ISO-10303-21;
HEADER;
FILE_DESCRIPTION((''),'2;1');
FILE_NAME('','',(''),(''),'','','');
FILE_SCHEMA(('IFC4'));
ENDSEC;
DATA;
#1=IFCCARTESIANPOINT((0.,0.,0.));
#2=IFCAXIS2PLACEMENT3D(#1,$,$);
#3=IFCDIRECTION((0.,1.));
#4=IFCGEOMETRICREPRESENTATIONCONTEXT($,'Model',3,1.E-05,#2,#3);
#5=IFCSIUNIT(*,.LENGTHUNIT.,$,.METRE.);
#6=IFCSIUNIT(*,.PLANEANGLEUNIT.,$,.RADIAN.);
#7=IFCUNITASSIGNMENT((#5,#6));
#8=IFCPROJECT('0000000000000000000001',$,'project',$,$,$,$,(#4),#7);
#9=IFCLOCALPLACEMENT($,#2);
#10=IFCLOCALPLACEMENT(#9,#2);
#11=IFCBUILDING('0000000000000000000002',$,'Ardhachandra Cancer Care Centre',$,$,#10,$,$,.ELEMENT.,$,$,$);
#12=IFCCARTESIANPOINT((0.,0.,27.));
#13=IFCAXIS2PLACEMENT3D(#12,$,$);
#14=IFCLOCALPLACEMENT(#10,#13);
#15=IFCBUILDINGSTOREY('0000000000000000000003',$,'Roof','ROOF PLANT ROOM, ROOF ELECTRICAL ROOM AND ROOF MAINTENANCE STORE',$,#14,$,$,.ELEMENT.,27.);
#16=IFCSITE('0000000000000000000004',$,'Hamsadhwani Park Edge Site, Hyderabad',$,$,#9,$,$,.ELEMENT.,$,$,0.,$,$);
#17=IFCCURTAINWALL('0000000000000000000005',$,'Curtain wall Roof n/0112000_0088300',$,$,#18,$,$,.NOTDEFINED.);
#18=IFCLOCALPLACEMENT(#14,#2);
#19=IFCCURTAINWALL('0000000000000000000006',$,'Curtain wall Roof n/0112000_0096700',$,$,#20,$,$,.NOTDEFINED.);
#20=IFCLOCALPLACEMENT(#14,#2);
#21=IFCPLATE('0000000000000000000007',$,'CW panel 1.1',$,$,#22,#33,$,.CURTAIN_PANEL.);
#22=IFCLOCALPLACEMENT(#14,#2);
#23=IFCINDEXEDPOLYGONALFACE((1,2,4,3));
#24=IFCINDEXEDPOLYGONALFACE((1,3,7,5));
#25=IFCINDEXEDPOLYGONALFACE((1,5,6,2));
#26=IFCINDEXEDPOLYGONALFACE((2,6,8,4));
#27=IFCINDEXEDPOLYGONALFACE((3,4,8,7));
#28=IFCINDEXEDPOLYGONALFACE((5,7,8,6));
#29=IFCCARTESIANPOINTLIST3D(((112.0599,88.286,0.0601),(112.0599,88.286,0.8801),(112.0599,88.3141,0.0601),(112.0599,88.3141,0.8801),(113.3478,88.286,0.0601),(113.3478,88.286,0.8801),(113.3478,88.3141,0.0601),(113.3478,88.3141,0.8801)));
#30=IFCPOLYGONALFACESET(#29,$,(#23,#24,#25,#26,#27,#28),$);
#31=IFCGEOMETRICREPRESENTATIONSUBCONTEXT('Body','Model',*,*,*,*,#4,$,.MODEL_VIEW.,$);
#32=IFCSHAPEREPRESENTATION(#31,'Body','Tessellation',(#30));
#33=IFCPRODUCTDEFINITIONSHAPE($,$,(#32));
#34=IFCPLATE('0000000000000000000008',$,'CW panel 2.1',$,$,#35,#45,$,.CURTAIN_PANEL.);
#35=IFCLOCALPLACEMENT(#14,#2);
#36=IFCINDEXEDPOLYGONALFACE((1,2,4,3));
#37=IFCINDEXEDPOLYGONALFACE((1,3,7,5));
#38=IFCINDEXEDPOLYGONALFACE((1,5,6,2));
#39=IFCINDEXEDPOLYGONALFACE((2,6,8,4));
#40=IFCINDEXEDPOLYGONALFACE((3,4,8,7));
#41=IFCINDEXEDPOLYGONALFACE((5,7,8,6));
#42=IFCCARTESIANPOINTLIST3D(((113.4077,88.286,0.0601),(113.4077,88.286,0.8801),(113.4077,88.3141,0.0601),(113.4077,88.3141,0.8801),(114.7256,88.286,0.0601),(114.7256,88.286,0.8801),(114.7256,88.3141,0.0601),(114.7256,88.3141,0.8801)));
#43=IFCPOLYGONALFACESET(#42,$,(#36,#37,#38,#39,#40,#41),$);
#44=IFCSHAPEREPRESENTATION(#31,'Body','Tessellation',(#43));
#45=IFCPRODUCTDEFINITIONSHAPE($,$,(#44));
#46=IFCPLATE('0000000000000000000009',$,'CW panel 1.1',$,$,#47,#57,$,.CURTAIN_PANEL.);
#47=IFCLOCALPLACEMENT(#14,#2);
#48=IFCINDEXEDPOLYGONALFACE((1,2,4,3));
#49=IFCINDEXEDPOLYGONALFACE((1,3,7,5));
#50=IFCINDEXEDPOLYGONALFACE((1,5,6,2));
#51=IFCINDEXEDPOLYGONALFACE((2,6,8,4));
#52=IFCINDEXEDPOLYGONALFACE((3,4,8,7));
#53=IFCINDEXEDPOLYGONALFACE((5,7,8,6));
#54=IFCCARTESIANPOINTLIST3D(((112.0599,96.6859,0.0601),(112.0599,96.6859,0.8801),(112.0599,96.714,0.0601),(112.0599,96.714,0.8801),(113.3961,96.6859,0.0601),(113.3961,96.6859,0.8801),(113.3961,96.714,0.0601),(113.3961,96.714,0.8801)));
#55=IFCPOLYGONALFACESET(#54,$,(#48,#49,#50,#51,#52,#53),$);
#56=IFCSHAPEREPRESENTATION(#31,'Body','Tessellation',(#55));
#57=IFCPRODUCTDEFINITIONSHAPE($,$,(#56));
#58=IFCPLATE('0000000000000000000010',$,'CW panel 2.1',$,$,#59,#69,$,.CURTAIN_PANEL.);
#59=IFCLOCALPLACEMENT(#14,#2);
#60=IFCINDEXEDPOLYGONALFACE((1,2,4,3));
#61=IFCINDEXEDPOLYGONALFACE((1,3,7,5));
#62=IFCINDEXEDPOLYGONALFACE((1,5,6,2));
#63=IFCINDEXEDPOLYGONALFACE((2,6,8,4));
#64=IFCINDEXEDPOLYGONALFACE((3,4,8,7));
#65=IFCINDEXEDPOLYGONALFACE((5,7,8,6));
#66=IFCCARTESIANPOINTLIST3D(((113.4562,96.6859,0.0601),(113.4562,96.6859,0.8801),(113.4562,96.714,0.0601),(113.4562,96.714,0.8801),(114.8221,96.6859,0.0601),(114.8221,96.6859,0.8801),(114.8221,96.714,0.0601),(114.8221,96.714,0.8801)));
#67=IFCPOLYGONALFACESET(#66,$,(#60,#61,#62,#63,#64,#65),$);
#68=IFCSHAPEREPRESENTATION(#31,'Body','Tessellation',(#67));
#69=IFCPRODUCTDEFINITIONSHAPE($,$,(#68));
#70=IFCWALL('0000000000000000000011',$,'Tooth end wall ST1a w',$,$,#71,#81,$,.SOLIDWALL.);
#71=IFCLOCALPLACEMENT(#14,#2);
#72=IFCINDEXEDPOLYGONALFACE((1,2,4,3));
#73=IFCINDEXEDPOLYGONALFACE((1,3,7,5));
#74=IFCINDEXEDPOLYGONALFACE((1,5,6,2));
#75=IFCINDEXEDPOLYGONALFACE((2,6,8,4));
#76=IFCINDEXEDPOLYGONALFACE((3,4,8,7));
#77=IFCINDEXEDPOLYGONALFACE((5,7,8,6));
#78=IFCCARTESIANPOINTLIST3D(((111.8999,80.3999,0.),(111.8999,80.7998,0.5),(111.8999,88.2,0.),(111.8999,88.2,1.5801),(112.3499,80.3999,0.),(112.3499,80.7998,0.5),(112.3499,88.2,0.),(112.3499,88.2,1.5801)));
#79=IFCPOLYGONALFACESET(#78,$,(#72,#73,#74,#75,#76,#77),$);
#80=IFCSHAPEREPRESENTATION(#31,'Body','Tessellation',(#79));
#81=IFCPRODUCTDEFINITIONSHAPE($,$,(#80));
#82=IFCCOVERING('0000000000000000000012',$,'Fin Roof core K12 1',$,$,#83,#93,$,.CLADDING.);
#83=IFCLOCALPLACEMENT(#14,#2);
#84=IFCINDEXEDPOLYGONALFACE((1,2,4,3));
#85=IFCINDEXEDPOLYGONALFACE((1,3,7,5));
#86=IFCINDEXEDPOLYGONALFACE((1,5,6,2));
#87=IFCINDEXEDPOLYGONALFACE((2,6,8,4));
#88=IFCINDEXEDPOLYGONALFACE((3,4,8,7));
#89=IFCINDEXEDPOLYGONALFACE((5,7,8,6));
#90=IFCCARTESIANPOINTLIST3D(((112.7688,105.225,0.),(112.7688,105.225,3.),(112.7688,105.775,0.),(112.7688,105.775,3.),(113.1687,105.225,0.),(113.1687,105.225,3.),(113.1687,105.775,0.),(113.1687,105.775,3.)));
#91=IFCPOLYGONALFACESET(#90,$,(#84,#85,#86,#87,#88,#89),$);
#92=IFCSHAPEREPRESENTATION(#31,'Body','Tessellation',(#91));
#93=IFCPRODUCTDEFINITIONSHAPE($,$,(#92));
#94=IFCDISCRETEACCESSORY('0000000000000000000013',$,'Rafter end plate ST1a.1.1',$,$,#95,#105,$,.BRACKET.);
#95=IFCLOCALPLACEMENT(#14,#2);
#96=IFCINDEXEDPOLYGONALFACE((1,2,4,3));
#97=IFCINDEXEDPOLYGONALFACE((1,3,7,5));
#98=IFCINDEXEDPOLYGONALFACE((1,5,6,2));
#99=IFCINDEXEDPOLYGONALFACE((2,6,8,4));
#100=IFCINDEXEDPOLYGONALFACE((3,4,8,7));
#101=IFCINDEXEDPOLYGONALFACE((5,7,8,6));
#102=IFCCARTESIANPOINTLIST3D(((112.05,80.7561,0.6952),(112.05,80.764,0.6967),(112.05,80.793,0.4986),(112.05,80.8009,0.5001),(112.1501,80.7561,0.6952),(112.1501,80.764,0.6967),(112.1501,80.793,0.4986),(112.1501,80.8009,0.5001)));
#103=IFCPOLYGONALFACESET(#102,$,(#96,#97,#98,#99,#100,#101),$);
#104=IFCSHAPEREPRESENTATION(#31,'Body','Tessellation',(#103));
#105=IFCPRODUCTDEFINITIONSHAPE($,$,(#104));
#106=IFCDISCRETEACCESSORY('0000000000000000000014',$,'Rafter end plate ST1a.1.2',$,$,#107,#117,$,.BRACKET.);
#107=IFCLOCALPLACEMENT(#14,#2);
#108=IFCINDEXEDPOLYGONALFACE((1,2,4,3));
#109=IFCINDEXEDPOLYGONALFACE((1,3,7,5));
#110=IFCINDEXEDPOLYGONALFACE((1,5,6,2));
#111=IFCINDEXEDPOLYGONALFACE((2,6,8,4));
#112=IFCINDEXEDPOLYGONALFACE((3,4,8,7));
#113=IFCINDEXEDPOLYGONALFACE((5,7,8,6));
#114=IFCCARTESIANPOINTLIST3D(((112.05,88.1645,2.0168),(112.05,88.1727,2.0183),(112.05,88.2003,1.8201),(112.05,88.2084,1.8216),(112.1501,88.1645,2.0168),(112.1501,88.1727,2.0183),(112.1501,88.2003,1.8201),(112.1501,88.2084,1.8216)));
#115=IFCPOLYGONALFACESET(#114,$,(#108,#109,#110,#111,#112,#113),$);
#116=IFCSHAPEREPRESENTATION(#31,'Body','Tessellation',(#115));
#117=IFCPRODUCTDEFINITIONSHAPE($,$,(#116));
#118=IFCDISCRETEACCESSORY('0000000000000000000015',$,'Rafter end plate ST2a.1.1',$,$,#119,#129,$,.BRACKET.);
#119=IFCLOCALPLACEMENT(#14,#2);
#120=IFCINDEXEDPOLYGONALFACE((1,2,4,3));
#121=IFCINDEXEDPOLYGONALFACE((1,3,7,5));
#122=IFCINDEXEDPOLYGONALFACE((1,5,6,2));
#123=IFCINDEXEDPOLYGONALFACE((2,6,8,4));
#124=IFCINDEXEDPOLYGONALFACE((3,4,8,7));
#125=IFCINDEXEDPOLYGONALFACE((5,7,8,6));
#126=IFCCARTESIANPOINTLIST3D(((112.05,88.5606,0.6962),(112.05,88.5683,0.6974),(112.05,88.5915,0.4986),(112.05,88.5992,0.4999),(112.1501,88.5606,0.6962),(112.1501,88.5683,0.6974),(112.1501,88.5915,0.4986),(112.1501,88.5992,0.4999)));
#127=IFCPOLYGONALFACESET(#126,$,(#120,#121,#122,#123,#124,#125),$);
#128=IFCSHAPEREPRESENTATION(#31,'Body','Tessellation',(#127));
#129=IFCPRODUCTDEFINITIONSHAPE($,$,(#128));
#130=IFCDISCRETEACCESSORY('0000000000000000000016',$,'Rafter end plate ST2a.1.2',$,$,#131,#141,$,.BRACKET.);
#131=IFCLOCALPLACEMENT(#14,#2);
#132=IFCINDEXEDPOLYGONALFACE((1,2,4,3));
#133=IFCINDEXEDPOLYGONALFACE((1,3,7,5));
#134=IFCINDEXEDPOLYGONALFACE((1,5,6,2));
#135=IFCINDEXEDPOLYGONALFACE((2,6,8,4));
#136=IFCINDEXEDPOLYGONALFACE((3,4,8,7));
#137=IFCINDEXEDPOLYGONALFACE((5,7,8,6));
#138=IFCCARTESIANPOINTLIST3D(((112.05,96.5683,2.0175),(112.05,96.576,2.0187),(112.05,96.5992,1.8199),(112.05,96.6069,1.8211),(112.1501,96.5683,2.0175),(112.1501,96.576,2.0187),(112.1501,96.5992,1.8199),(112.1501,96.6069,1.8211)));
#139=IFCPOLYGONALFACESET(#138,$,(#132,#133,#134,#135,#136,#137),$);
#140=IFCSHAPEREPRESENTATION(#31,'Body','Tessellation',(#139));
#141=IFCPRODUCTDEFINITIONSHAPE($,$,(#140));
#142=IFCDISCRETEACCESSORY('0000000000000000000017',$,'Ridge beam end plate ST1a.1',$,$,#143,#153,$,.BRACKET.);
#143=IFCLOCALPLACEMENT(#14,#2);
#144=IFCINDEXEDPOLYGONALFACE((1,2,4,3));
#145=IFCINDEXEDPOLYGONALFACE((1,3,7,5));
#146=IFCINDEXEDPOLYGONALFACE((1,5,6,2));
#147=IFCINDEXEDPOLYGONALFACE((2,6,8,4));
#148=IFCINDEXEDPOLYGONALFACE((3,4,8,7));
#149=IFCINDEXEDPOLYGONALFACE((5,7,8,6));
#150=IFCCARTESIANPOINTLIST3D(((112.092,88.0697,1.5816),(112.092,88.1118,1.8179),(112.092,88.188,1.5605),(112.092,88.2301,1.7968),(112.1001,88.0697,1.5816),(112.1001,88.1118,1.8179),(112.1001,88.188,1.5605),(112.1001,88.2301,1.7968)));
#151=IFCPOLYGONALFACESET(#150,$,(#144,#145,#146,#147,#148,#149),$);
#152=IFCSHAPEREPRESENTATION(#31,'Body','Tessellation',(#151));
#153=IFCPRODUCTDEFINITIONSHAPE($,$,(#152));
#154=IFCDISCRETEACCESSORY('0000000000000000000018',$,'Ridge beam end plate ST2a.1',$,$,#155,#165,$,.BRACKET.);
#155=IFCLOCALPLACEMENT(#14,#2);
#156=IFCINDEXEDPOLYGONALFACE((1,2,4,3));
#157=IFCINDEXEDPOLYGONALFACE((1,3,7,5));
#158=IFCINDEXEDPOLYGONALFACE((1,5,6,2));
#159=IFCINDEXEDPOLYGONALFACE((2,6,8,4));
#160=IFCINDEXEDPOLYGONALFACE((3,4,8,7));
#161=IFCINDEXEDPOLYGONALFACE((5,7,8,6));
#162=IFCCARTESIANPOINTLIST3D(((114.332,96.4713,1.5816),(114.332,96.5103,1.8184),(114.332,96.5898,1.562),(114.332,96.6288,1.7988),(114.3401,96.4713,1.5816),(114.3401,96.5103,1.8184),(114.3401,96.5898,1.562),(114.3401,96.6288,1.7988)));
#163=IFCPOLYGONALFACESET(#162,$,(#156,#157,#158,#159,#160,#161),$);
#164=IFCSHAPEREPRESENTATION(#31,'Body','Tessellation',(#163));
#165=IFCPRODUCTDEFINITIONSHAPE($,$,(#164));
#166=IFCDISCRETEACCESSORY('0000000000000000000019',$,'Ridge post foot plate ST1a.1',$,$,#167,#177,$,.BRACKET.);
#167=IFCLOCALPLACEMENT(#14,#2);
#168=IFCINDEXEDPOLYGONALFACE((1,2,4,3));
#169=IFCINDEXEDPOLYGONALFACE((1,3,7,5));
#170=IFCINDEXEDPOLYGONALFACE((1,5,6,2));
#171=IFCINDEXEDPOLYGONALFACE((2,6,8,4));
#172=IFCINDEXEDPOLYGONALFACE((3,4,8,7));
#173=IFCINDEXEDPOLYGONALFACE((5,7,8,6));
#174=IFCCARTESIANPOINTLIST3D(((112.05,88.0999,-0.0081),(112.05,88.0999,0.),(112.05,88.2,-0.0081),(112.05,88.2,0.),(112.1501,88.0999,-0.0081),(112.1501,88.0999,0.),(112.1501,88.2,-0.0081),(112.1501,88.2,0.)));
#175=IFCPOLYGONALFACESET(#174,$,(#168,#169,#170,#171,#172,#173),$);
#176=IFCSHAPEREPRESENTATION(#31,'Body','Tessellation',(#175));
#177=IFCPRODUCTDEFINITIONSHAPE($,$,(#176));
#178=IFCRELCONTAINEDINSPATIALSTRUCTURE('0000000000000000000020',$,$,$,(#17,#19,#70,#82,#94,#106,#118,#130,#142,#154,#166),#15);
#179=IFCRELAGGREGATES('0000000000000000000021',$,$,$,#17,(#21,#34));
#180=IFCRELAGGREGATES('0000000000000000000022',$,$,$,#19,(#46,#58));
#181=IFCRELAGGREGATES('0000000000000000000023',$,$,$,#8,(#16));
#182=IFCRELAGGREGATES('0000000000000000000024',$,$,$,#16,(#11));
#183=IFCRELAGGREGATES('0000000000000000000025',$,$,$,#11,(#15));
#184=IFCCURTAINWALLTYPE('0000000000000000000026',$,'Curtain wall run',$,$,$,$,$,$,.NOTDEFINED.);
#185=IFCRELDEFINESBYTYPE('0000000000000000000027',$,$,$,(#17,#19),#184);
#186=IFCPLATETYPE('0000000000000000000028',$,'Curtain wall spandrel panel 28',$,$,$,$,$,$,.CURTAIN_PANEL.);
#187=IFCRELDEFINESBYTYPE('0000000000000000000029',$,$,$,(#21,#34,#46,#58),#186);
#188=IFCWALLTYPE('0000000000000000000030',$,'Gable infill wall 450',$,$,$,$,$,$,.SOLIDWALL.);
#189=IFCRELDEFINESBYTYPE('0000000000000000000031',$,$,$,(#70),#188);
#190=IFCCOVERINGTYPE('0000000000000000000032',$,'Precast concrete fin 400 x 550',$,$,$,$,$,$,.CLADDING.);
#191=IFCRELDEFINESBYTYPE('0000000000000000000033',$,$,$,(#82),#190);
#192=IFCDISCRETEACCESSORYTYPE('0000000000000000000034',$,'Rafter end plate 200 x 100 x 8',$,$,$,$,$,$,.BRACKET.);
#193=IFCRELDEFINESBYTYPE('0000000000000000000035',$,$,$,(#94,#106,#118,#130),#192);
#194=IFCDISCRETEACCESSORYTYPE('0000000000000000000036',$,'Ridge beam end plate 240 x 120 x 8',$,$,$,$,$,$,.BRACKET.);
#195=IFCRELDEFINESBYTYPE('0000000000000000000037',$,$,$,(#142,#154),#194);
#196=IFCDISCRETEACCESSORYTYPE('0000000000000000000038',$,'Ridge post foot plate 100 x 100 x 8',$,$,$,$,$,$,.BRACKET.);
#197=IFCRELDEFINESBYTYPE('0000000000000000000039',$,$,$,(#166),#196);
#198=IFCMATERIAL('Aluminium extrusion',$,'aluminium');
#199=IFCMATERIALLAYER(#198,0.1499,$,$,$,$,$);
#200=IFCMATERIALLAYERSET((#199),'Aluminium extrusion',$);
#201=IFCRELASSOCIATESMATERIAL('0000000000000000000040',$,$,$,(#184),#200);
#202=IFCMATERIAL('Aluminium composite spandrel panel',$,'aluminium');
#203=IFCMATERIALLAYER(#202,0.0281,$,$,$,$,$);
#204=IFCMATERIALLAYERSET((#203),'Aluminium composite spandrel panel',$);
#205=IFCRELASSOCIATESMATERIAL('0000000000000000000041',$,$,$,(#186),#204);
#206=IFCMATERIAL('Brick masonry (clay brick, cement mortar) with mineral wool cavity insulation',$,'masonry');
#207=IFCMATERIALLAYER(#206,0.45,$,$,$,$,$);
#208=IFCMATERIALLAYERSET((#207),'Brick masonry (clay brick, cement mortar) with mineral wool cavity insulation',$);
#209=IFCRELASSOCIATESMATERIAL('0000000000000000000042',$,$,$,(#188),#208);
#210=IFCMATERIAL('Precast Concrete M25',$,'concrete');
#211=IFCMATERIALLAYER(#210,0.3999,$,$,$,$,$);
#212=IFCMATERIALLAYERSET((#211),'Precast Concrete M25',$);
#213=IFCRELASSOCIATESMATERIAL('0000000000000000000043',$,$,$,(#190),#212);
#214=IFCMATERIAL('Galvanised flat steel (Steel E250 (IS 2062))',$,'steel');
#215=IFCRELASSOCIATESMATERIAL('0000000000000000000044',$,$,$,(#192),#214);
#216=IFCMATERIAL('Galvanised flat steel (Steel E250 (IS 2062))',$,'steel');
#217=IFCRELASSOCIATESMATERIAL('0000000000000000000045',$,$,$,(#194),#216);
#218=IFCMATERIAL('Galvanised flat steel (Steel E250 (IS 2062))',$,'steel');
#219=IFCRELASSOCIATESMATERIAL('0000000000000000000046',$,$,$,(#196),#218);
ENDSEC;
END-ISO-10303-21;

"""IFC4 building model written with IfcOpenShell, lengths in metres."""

from ifc_helpers import new_model, si_unit, direction, frame, origin, origin_2d, place, context, subcontext, project, spatial, polyline, rectangle, outline, extrude, material, layer, layer_set, material_profile, profile_set, type_object, element, aggregate, save


model = new_model("IFC4")

# Units and contexts
model_context = context("Model", 3, precision=1e-05, world=origin(), true_north=direction((0.0, 1.0)))
body_context = subcontext(model_context, "Body", "Model", "MODEL_VIEW")
ifc_project = project(units=[si_unit("LENGTHUNIT", "METRE"), si_unit("PLANEANGLEUNIT", "RADIAN")], contexts=[model_context])

# Site, building, storey
site_placement = place(None, origin())
site = spatial("IfcSite", under=ifc_project, at=site_placement, Name="Hamsadhwani Park Edge Site, Hyderabad", CompositionType="ELEMENT", RefElevation=0.0)
building_placement = place(site_placement, origin())
building = spatial("IfcBuilding", under=site, at=building_placement, Name="Ardhachandra Cancer Care Centre", CompositionType="ELEMENT")
storey_placement = place(building_placement, frame((0.0, 0.0, 27.0)))
storey = spatial("IfcBuildingStorey", under=building, at=storey_placement, Name="Roof", Description="ROOF PLANT ROOM, ROOF ELECTRICAL ROOM AND ROOF MAINTENANCE STORE", CompositionType="ELEMENT", Elevation=27.0)

# Curtain walls
ifc_material_1 = material(Name="Aluminium extrusion", Category="aluminium")
ifc_layer_1 = layer(ifc_material_1, 0.1499)
ifc_layer_set_1 = layer_set([ifc_layer_1], Name="Aluminium extrusion")
curtain_wall_type = type_object("IfcCurtainWallType", Name="Curtain wall run", PredefinedType="NOTDEFINED", material=ifc_layer_set_1)
curtain_wall_1_placement = place(storey_placement, origin())
curtain_wall_1 = element("IfcCurtainWall", 1, at=curtain_wall_1_placement, inside=storey, type_object=curtain_wall_type, Name="Curtain wall Roof n/0112000_0088300", PredefinedType="NOTDEFINED")
curtain_wall_2_placement = place(storey_placement, origin())
curtain_wall_2 = element("IfcCurtainWall", 2, at=curtain_wall_2_placement, inside=storey, type_object=curtain_wall_type, Name="Curtain wall Roof n/0112000_0096700", PredefinedType="NOTDEFINED")

# Plates
ifc_material_2 = material(Name="Aluminium composite spandrel panel", Category="aluminium")
ifc_layer_2 = layer(ifc_material_2, 0.0281)
ifc_layer_set_2 = layer_set([ifc_layer_2], Name="Aluminium composite spandrel panel")
plate_type_1 = type_object("IfcPlateType", Name="Curtain wall spandrel panel 28", PredefinedType="CURTAIN_PANEL", material=ifc_layer_set_2)
plate_1_placement = place(storey_placement, frame((112.7039, 88.3, 0.0601), z_axis=(0.0, 0.0, 1.0), x_axis=(1.0, 0.0, 0.0)))
plate_1 = element("IfcPlate", 3, at=plate_1_placement, type_object=plate_type_1, Name="CW panel 1.1", PredefinedType="CURTAIN_PANEL", context=body_context, shape_type="SweptSolid", body=[
    extrude(rectangle(XDim=1.2878, YDim=0.0281, at=origin_2d()), origin(), (0.0, 0.0, 1.0), 0.8201),
])
plate_2_placement = place(storey_placement, frame((114.0667, 88.3, 0.0601), z_axis=(0.0, 0.0, 1.0), x_axis=(1.0, 0.0, 0.0)))
plate_2 = element("IfcPlate", 4, at=plate_2_placement, type_object=plate_type_1, Name="CW panel 2.1", PredefinedType="CURTAIN_PANEL", context=body_context, shape_type="SweptSolid", body=[
    extrude(rectangle(XDim=1.3179, YDim=0.0281, at=origin_2d()), origin(), (0.0, 0.0, 1.0), 0.8201),
])
aggregate(curtain_wall_1, [plate_1, plate_2])
plate_3_placement = place(storey_placement, frame((112.728, 96.7, 0.0601), z_axis=(0.0, 0.0, 1.0), x_axis=(1.0, 0.0, 0.0)))
plate_3 = element("IfcPlate", 5, at=plate_3_placement, type_object=plate_type_1, Name="CW panel 1.1", PredefinedType="CURTAIN_PANEL", context=body_context, shape_type="SweptSolid", body=[
    extrude(rectangle(XDim=1.3362, YDim=0.0281, at=origin_2d()), origin(), (0.0, 0.0, 1.0), 0.8201),
])
plate_4_placement = place(storey_placement, frame((114.1392, 96.7, 0.0601), z_axis=(0.0, 0.0, 1.0), x_axis=(1.0, 0.0, 0.0)))
plate_4 = element("IfcPlate", 6, at=plate_4_placement, type_object=plate_type_1, Name="CW panel 2.1", PredefinedType="CURTAIN_PANEL", context=body_context, shape_type="SweptSolid", body=[
    extrude(rectangle(XDim=1.366, YDim=0.0281, at=origin_2d()), origin(), (0.0, 0.0, 1.0), 0.8201),
])
aggregate(curtain_wall_2, [plate_3, plate_4])

# Wall
ifc_material_3 = material(Name="Brick masonry (clay brick, cement mortar) with mineral wool cavity insulation", Category="masonry")
ifc_layer_3 = layer(ifc_material_3, 0.45)
ifc_layer_set_3 = layer_set([ifc_layer_3], Name="Brick masonry (clay brick, cement mortar) with mineral wool cavity insulation")
wall_type = type_object("IfcWallType", Name="Gable infill wall 450", PredefinedType="SOLIDWALL", material=ifc_layer_set_3)
wall_placement = place(storey_placement, frame((112.125, 80.3999, 0.0), z_axis=(0.0, 0.0, 1.0), x_axis=(0.0, 1.0, 0.0)))
element("IfcWall", 7, at=wall_placement, inside=storey, type_object=wall_type, Name="Tooth end wall ST1a w", PredefinedType="SOLIDWALL", context=body_context, shape_type="SweptSolid", body=[
    extrude(outline(polyline([(0.0, 0.0), (7.8, 0.0), (7.8, 1.5801), (0.3999, 0.5), (0.0, 0.0)])), frame((0.0, 0.2251, 0.0), z_axis=(0.0, -1.0, 0.0), x_axis=(1.0, 0.0, 0.0)), (0.0, 0.0, 1.0), 0.45),
])

# Covering
ifc_material_4 = material(Name="Precast Concrete M25", Category="concrete")
ifc_layer_4 = layer(ifc_material_4, 0.3999)
ifc_layer_set_4 = layer_set([ifc_layer_4], Name="Precast Concrete M25")
covering_type = type_object("IfcCoveringType", Name="Precast concrete fin 400 x 550", PredefinedType="CLADDING", material=ifc_layer_set_4)
covering_placement = place(storey_placement, frame((112.9688, 105.5, 0.0), z_axis=(0.0, 0.0, 1.0), x_axis=(1.0, 0.0, 0.0)))
element("IfcCovering", 8, at=covering_placement, inside=storey, type_object=covering_type, Name="Fin Roof core K12 1", PredefinedType="CLADDING", context=body_context, shape_type="SweptSolid", body=[
    extrude(rectangle(XDim=0.3999, YDim=0.55, at=origin_2d()), origin(), (0.0, 0.0, 1.0), 3.0),
])

# Discrete accessories
ifc_material_5 = material(Name="Galvanised flat steel (Steel E250 (IS 2062))", Category="steel")
ifc_material_profile_1 = material_profile(ifc_material_5, rectangle(XDim=0.1001, YDim=0.2, at=origin_2d()), Name="Rafter end plate 200 x 100 x 8")
ifc_profile_set_1 = profile_set([ifc_material_profile_1], Name="Galvanised flat steel (Steel E250 (IS 2062))")
discrete_accessory_type_1 = type_object("IfcDiscreteAccessoryType", Name="Rafter end plate 200 x 100 x 8", PredefinedType="BRACKET", material=ifc_profile_set_1)
discrete_accessory_1_placement = place(storey_placement, frame((112.1001, 80.7825, 0.5984), z_axis=(0.0, -0.982872, -0.184289), x_axis=(1.0, 0.0, 0.0)))
element("IfcDiscreteAccessory", 9, at=discrete_accessory_1_placement, inside=storey, type_object=discrete_accessory_type_1, Name="Rafter end plate ST1a.1.1", PredefinedType="BRACKET", context=body_context, shape_type="SweptSolid", body=[
    extrude(rectangle(XDim=0.1001, YDim=0.2, at=origin_2d()), origin(), (0.0, 0.0, 1.0), 0.0081),
])
discrete_accessory_2_placement = place(storey_placement, frame((112.1001, 88.1824, 1.9185), z_axis=(0.0, 0.98387, 0.178885), x_axis=(-1.0, 0.0, 0.0)))
element("IfcDiscreteAccessory", 10, at=discrete_accessory_2_placement, inside=storey, type_object=discrete_accessory_type_1, Name="Rafter end plate ST1a.1.2", PredefinedType="BRACKET", context=body_context, shape_type="SweptSolid", body=[
    extrude(rectangle(XDim=0.1001, YDim=0.2, at=origin_2d()), origin(), (0.0, 0.0, 1.0), 0.0083),
])
for number, where, z_axis, x_axis, name in (
    (11, (112.1001, 88.5837, 0.5986), (0.0, -0.988012, -0.154377), (1.0, 0.0, 0.0), "Rafter end plate ST2a.1.1"),
    (12, (112.1001, 96.5837, 1.9187), (0.0, 0.988012, 0.154377), (-1.0, 0.0, 0.0), "Rafter end plate ST2a.1.2"),
):
    element("IfcDiscreteAccessory", number, at=place(storey_placement, frame(where, z_axis=z_axis, x_axis=x_axis)), inside=storey, type_object=discrete_accessory_type_1, Name=name, PredefinedType="BRACKET", context=body_context, shape_type="SweptSolid", body=[
        extrude(rectangle(XDim=0.1001, YDim=0.2, at=origin_2d()), origin(), (0.0, 0.0, 1.0), 0.0078),
    ])
ifc_material_6 = material(Name="Galvanised flat steel (Steel E250 (IS 2062))", Category="steel")
ifc_material_profile_2 = material_profile(ifc_material_6, rectangle(XDim=0.1201, YDim=0.24, at=origin_2d()), Name="Ridge beam end plate 240 x 120 x 8")
ifc_profile_set_2 = profile_set([ifc_material_profile_2], Name="Galvanised flat steel (Steel E250 (IS 2062))")
discrete_accessory_type_2 = type_object("IfcDiscreteAccessoryType", Name="Ridge beam end plate 240 x 120 x 8", PredefinedType="BRACKET", material=ifc_profile_set_2)
for number, where, z_axis, x_axis, name in (
    (13, (112.1001, 88.1499, 1.6892), (-1.0, 0.0, 0.0), (0.0, -0.98446, 0.175606), "Ridge beam end plate ST1a.1"),
    (14, (114.3401, 96.55, 1.6902), (-1.0, 0.0, 0.0), (0.0, -0.986659, 0.162799), "Ridge beam end plate ST2a.1"),
):
    element("IfcDiscreteAccessory", number, at=place(storey_placement, frame(where, z_axis=z_axis, x_axis=x_axis)), inside=storey, type_object=discrete_accessory_type_2, Name=name, PredefinedType="BRACKET", context=body_context, shape_type="SweptSolid", body=[
        extrude(rectangle(XDim=0.1201, YDim=0.24, at=origin_2d()), origin(), (0.0, 0.0, 1.0), 0.0081),
    ])
ifc_material_7 = material(Name="Galvanised flat steel (Steel E250 (IS 2062))", Category="steel")
ifc_material_profile_3 = material_profile(ifc_material_7, rectangle(XDim=0.1001, YDim=0.1001, at=origin_2d()), Name="Ridge post foot plate 100 x 100 x 8")
ifc_profile_set_3 = profile_set([ifc_material_profile_3], Name="Galvanised flat steel (Steel E250 (IS 2062))")
discrete_accessory_type_3 = type_object("IfcDiscreteAccessoryType", Name="Ridge post foot plate 100 x 100 x 8", PredefinedType="BRACKET", material=ifc_profile_set_3)
discrete_accessory_3_placement = place(storey_placement, frame((112.1001, 88.1499, 0.0), z_axis=(0.0, 0.0, -1.0), x_axis=(1.0, 0.0, 0.0)))
element("IfcDiscreteAccessory", 15, at=discrete_accessory_3_placement, inside=storey, type_object=discrete_accessory_type_3, Name="Ridge post foot plate ST1a.1", PredefinedType="BRACKET", context=body_context, shape_type="SweptSolid", body=[
    extrude(rectangle(XDim=0.1001, YDim=0.1001, at=origin_2d()), origin(), (0.0, 0.0, 1.0), 0.0081),
])

save(model, "model.ifc")
